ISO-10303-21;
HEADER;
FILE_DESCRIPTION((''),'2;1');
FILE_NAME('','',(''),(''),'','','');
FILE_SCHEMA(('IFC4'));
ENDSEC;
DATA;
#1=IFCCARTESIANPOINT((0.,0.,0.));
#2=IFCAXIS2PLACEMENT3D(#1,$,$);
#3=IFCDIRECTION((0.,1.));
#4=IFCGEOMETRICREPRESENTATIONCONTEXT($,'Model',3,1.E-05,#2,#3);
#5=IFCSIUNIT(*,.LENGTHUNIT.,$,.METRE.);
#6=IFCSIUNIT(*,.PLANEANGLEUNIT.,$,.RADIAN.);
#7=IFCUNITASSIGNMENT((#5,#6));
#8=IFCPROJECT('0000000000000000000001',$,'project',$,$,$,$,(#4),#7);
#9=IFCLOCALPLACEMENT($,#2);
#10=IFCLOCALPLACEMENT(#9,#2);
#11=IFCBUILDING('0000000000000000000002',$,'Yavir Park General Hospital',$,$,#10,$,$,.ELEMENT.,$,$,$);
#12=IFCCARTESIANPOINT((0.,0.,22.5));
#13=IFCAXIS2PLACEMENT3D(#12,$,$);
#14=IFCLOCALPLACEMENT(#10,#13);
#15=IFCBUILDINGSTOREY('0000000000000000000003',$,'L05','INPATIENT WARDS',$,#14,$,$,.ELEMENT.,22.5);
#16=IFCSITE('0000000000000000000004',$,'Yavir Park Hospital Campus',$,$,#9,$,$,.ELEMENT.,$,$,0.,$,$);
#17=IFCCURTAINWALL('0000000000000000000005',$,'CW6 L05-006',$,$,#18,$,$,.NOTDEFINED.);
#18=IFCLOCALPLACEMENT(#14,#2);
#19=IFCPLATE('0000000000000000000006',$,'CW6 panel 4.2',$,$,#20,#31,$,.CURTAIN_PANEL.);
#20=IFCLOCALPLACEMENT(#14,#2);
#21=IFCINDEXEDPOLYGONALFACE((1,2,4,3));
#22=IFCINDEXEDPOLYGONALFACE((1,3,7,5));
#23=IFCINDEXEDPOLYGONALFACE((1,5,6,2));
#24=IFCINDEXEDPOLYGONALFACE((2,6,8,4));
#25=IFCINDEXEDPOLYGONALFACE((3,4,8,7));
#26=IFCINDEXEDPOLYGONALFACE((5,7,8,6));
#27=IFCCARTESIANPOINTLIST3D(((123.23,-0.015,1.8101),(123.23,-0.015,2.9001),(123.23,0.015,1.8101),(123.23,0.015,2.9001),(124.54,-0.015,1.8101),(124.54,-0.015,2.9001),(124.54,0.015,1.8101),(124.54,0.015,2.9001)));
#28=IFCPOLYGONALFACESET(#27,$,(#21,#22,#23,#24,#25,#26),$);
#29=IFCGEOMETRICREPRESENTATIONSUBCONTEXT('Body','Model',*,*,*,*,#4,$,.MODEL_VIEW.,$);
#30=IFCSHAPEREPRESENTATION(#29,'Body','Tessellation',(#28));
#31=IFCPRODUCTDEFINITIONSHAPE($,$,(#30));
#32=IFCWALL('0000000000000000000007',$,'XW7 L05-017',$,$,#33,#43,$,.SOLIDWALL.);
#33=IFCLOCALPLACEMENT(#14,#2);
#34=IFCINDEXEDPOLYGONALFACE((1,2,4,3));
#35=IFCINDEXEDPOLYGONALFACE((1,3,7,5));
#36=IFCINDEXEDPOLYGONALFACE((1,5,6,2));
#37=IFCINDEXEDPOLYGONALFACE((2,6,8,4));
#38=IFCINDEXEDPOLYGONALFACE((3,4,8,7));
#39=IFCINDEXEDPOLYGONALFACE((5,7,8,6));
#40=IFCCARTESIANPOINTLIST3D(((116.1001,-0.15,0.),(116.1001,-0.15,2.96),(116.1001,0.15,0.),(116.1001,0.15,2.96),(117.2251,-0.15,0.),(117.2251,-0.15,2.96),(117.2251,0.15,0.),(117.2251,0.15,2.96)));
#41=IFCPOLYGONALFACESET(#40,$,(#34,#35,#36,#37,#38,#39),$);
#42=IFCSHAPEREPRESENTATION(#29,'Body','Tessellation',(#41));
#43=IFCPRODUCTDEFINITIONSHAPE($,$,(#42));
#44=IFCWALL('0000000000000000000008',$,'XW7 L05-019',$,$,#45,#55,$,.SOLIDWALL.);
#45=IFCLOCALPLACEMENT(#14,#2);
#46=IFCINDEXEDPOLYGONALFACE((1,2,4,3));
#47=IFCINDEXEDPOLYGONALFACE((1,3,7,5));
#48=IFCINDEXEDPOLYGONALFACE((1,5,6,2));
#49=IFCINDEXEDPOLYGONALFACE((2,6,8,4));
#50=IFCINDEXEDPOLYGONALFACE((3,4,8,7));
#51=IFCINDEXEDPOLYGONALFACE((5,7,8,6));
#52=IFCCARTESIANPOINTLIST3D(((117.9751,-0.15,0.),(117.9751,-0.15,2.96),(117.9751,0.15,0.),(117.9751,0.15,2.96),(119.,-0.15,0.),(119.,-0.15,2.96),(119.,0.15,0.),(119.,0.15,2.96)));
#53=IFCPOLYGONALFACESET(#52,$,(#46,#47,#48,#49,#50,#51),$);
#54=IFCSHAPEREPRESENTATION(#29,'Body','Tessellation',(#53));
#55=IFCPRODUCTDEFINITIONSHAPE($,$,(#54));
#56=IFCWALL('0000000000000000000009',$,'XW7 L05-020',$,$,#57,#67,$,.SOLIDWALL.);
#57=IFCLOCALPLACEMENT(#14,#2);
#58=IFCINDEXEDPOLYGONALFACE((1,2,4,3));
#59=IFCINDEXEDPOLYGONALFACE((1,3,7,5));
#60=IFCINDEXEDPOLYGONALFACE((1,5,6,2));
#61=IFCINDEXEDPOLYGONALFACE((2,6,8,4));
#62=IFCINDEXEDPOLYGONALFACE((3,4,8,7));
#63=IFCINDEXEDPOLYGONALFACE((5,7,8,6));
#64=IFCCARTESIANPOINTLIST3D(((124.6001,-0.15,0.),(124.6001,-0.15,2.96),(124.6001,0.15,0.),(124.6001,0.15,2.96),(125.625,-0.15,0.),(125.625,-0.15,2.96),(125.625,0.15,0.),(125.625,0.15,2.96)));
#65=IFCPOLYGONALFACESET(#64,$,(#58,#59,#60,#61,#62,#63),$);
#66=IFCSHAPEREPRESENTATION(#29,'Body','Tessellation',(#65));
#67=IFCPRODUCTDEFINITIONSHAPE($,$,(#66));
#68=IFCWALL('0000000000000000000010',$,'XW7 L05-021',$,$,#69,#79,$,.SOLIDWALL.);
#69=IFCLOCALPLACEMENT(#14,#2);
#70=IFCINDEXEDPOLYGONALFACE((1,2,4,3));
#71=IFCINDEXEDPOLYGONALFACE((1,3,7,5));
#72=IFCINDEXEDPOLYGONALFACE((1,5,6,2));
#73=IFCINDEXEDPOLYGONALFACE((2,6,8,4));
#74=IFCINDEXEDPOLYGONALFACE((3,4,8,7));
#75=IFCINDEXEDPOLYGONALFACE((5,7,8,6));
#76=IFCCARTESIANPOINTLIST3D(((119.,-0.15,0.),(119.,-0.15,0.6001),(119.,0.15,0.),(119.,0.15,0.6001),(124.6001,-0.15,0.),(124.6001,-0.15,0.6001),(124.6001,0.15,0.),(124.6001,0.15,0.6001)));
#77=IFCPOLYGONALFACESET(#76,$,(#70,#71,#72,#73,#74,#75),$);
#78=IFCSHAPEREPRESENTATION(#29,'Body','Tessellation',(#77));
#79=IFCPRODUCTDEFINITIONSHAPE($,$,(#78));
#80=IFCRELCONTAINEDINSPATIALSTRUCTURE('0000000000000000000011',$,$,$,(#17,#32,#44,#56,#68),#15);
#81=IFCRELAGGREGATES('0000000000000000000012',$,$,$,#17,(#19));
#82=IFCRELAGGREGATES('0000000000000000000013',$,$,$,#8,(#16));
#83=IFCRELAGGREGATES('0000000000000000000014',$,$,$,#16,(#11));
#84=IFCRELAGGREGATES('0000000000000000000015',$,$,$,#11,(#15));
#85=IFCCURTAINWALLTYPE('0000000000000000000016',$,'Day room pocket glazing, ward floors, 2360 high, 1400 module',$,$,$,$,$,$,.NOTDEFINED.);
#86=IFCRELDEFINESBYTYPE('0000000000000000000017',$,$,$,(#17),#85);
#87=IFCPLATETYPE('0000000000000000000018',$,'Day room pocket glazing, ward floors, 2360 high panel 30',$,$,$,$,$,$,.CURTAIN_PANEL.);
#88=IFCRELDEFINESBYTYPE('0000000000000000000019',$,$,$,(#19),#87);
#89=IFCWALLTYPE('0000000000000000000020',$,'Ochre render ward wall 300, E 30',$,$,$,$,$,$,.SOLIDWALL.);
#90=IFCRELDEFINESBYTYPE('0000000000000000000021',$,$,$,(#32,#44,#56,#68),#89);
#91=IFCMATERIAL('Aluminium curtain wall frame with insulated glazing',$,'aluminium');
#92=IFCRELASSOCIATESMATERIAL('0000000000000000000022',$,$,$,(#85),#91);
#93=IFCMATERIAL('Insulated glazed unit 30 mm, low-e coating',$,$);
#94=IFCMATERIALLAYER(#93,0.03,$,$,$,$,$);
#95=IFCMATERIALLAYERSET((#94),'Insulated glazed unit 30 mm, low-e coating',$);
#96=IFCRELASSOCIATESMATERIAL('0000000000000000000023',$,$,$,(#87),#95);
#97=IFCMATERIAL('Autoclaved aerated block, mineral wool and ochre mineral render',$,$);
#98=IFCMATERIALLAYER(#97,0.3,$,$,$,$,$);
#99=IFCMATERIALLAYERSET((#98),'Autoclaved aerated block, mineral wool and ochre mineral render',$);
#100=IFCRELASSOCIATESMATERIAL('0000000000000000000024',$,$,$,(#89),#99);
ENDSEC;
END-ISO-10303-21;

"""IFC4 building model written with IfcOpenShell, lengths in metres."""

from ifc_helpers import new_model, si_unit, direction, frame, frame_2d, origin, origin_2d, place, context, subcontext, project, spatial, rectangle, extrude, material, layer, layer_set, type_object, element, aggregate, save


model = new_model("IFC4")

# Units and contexts
model_context = context("Model", 3, precision=1e-05, world=origin(), true_north=direction((0.0, 1.0)))
body_context = subcontext(model_context, "Body", "Model", "MODEL_VIEW")
ifc_project = project(units=[si_unit("LENGTHUNIT", "METRE"), si_unit("PLANEANGLEUNIT", "RADIAN")], contexts=[model_context])

# Site, building, storey
site_placement = place(None, origin())
site = spatial("IfcSite", under=ifc_project, at=site_placement, Name="Yavir Park Hospital Campus", CompositionType="ELEMENT", RefElevation=0.0)
building_placement = place(site_placement, origin())
building = spatial("IfcBuilding", under=site, at=building_placement, Name="Yavir Park General Hospital", CompositionType="ELEMENT")
storey_placement = place(building_placement, frame((0.0, 0.0, 22.5)))
storey = spatial("IfcBuildingStorey", under=building, at=storey_placement, Name="L05", Description="INPATIENT WARDS", CompositionType="ELEMENT", Elevation=22.5)

# Shared definitions
ifc_material_1 = material(Name="Aluminium curtain wall frame with insulated glazing", Category="aluminium")
curtain_wall_type = type_object("IfcCurtainWallType", Name="Day room pocket glazing, ward floors, 2360 high, 1400 module", PredefinedType="NOTDEFINED", material=ifc_material_1)

# Curtain wall
curtain_wall_1_placement = place(storey_placement, origin())
curtain_wall_1 = element("IfcCurtainWall", 1, at=curtain_wall_1_placement, inside=storey, type_object=curtain_wall_type, Name="CW6 L05-006", PredefinedType="NOTDEFINED")

# Plate
ifc_material_2 = material(Name="Insulated glazed unit 30 mm, low-e coating")
ifc_layer_1 = layer(ifc_material_2, 0.03)
ifc_layer_set_1 = layer_set([ifc_layer_1], Name="Insulated glazed unit 30 mm, low-e coating")
plate_type = type_object("IfcPlateType", Name="Day room pocket glazing, ward floors, 2360 high panel 30", PredefinedType="CURTAIN_PANEL", material=ifc_layer_set_1)
plate_1_placement = place(storey_placement, frame((123.885, 0.0, 1.8101), z_axis=(0.0, 0.0, 1.0), x_axis=(1.0, 0.0, 0.0)))
plate_1 = element("IfcPlate", 2, at=plate_1_placement, type_object=plate_type, Name="CW6 panel 4.2", PredefinedType="CURTAIN_PANEL", context=body_context, shape_type="SweptSolid", body=[
    extrude(rectangle(XDim=1.3101, YDim=0.03, at=origin_2d()), origin(), (0.0, 0.0, 1.0), 1.0901),
])
aggregate(curtain_wall_1, [plate_1])

# Walls
ifc_material_3 = material(Name="Autoclaved aerated block, mineral wool and ochre mineral render")
ifc_layer_2 = layer(ifc_material_3, 0.3)
ifc_layer_set_2 = layer_set([ifc_layer_2], Name="Autoclaved aerated block, mineral wool and ochre mineral render")
wall_type = type_object("IfcWallType", Name="Ochre render ward wall 300, E 30", PredefinedType="SOLIDWALL", material=ifc_layer_set_2)
wall_1_placement = place(storey_placement, frame((116.1001, 0.0, 0.0), z_axis=(0.0, 0.0, 1.0), x_axis=(1.0, 0.0, 0.0)))
element("IfcWall", 3, at=wall_1_placement, inside=storey, type_object=wall_type, Name="XW7 L05-017", PredefinedType="SOLIDWALL", context=body_context, shape_type="SweptSolid", body=[
    extrude(rectangle(XDim=1.125, YDim=0.3, at=frame_2d((0.5625, 0.0))), origin(), (0.0, 0.0, 1.0), 2.96),
])
for number, where, z_axis, x_axis, name in (
    (4, (117.9751, 0.0, 0.0), (0.0, 0.0, 1.0), (1.0, 0.0, 0.0), "XW7 L05-019"),
    (5, (124.6001, 0.0, 0.0), (0.0, 0.0, 1.0), (1.0, 0.0, 0.0), "XW7 L05-020"),
):
    element("IfcWall", number, at=place(storey_placement, frame(where, z_axis=z_axis, x_axis=x_axis)), inside=storey, type_object=wall_type, Name=name, PredefinedType="SOLIDWALL", context=body_context, shape_type="SweptSolid", body=[
        extrude(rectangle(XDim=1.0249, YDim=0.3, at=frame_2d((0.5125, 0.0))), origin(), (0.0, 0.0, 1.0), 2.96),
    ])
wall_2_placement = place(storey_placement, frame((119.0, 0.0, 0.0), z_axis=(0.0, 0.0, 1.0), x_axis=(1.0, 0.0, 0.0)))
element("IfcWall", 6, at=wall_2_placement, inside=storey, type_object=wall_type, Name="XW7 L05-021", PredefinedType="SOLIDWALL", context=body_context, shape_type="SweptSolid", body=[
    extrude(rectangle(XDim=5.6001, YDim=0.3, at=frame_2d((2.8, 0.0))), origin(), (0.0, 0.0, 1.0), 0.6001),
])

save(model, "model.ifc")
